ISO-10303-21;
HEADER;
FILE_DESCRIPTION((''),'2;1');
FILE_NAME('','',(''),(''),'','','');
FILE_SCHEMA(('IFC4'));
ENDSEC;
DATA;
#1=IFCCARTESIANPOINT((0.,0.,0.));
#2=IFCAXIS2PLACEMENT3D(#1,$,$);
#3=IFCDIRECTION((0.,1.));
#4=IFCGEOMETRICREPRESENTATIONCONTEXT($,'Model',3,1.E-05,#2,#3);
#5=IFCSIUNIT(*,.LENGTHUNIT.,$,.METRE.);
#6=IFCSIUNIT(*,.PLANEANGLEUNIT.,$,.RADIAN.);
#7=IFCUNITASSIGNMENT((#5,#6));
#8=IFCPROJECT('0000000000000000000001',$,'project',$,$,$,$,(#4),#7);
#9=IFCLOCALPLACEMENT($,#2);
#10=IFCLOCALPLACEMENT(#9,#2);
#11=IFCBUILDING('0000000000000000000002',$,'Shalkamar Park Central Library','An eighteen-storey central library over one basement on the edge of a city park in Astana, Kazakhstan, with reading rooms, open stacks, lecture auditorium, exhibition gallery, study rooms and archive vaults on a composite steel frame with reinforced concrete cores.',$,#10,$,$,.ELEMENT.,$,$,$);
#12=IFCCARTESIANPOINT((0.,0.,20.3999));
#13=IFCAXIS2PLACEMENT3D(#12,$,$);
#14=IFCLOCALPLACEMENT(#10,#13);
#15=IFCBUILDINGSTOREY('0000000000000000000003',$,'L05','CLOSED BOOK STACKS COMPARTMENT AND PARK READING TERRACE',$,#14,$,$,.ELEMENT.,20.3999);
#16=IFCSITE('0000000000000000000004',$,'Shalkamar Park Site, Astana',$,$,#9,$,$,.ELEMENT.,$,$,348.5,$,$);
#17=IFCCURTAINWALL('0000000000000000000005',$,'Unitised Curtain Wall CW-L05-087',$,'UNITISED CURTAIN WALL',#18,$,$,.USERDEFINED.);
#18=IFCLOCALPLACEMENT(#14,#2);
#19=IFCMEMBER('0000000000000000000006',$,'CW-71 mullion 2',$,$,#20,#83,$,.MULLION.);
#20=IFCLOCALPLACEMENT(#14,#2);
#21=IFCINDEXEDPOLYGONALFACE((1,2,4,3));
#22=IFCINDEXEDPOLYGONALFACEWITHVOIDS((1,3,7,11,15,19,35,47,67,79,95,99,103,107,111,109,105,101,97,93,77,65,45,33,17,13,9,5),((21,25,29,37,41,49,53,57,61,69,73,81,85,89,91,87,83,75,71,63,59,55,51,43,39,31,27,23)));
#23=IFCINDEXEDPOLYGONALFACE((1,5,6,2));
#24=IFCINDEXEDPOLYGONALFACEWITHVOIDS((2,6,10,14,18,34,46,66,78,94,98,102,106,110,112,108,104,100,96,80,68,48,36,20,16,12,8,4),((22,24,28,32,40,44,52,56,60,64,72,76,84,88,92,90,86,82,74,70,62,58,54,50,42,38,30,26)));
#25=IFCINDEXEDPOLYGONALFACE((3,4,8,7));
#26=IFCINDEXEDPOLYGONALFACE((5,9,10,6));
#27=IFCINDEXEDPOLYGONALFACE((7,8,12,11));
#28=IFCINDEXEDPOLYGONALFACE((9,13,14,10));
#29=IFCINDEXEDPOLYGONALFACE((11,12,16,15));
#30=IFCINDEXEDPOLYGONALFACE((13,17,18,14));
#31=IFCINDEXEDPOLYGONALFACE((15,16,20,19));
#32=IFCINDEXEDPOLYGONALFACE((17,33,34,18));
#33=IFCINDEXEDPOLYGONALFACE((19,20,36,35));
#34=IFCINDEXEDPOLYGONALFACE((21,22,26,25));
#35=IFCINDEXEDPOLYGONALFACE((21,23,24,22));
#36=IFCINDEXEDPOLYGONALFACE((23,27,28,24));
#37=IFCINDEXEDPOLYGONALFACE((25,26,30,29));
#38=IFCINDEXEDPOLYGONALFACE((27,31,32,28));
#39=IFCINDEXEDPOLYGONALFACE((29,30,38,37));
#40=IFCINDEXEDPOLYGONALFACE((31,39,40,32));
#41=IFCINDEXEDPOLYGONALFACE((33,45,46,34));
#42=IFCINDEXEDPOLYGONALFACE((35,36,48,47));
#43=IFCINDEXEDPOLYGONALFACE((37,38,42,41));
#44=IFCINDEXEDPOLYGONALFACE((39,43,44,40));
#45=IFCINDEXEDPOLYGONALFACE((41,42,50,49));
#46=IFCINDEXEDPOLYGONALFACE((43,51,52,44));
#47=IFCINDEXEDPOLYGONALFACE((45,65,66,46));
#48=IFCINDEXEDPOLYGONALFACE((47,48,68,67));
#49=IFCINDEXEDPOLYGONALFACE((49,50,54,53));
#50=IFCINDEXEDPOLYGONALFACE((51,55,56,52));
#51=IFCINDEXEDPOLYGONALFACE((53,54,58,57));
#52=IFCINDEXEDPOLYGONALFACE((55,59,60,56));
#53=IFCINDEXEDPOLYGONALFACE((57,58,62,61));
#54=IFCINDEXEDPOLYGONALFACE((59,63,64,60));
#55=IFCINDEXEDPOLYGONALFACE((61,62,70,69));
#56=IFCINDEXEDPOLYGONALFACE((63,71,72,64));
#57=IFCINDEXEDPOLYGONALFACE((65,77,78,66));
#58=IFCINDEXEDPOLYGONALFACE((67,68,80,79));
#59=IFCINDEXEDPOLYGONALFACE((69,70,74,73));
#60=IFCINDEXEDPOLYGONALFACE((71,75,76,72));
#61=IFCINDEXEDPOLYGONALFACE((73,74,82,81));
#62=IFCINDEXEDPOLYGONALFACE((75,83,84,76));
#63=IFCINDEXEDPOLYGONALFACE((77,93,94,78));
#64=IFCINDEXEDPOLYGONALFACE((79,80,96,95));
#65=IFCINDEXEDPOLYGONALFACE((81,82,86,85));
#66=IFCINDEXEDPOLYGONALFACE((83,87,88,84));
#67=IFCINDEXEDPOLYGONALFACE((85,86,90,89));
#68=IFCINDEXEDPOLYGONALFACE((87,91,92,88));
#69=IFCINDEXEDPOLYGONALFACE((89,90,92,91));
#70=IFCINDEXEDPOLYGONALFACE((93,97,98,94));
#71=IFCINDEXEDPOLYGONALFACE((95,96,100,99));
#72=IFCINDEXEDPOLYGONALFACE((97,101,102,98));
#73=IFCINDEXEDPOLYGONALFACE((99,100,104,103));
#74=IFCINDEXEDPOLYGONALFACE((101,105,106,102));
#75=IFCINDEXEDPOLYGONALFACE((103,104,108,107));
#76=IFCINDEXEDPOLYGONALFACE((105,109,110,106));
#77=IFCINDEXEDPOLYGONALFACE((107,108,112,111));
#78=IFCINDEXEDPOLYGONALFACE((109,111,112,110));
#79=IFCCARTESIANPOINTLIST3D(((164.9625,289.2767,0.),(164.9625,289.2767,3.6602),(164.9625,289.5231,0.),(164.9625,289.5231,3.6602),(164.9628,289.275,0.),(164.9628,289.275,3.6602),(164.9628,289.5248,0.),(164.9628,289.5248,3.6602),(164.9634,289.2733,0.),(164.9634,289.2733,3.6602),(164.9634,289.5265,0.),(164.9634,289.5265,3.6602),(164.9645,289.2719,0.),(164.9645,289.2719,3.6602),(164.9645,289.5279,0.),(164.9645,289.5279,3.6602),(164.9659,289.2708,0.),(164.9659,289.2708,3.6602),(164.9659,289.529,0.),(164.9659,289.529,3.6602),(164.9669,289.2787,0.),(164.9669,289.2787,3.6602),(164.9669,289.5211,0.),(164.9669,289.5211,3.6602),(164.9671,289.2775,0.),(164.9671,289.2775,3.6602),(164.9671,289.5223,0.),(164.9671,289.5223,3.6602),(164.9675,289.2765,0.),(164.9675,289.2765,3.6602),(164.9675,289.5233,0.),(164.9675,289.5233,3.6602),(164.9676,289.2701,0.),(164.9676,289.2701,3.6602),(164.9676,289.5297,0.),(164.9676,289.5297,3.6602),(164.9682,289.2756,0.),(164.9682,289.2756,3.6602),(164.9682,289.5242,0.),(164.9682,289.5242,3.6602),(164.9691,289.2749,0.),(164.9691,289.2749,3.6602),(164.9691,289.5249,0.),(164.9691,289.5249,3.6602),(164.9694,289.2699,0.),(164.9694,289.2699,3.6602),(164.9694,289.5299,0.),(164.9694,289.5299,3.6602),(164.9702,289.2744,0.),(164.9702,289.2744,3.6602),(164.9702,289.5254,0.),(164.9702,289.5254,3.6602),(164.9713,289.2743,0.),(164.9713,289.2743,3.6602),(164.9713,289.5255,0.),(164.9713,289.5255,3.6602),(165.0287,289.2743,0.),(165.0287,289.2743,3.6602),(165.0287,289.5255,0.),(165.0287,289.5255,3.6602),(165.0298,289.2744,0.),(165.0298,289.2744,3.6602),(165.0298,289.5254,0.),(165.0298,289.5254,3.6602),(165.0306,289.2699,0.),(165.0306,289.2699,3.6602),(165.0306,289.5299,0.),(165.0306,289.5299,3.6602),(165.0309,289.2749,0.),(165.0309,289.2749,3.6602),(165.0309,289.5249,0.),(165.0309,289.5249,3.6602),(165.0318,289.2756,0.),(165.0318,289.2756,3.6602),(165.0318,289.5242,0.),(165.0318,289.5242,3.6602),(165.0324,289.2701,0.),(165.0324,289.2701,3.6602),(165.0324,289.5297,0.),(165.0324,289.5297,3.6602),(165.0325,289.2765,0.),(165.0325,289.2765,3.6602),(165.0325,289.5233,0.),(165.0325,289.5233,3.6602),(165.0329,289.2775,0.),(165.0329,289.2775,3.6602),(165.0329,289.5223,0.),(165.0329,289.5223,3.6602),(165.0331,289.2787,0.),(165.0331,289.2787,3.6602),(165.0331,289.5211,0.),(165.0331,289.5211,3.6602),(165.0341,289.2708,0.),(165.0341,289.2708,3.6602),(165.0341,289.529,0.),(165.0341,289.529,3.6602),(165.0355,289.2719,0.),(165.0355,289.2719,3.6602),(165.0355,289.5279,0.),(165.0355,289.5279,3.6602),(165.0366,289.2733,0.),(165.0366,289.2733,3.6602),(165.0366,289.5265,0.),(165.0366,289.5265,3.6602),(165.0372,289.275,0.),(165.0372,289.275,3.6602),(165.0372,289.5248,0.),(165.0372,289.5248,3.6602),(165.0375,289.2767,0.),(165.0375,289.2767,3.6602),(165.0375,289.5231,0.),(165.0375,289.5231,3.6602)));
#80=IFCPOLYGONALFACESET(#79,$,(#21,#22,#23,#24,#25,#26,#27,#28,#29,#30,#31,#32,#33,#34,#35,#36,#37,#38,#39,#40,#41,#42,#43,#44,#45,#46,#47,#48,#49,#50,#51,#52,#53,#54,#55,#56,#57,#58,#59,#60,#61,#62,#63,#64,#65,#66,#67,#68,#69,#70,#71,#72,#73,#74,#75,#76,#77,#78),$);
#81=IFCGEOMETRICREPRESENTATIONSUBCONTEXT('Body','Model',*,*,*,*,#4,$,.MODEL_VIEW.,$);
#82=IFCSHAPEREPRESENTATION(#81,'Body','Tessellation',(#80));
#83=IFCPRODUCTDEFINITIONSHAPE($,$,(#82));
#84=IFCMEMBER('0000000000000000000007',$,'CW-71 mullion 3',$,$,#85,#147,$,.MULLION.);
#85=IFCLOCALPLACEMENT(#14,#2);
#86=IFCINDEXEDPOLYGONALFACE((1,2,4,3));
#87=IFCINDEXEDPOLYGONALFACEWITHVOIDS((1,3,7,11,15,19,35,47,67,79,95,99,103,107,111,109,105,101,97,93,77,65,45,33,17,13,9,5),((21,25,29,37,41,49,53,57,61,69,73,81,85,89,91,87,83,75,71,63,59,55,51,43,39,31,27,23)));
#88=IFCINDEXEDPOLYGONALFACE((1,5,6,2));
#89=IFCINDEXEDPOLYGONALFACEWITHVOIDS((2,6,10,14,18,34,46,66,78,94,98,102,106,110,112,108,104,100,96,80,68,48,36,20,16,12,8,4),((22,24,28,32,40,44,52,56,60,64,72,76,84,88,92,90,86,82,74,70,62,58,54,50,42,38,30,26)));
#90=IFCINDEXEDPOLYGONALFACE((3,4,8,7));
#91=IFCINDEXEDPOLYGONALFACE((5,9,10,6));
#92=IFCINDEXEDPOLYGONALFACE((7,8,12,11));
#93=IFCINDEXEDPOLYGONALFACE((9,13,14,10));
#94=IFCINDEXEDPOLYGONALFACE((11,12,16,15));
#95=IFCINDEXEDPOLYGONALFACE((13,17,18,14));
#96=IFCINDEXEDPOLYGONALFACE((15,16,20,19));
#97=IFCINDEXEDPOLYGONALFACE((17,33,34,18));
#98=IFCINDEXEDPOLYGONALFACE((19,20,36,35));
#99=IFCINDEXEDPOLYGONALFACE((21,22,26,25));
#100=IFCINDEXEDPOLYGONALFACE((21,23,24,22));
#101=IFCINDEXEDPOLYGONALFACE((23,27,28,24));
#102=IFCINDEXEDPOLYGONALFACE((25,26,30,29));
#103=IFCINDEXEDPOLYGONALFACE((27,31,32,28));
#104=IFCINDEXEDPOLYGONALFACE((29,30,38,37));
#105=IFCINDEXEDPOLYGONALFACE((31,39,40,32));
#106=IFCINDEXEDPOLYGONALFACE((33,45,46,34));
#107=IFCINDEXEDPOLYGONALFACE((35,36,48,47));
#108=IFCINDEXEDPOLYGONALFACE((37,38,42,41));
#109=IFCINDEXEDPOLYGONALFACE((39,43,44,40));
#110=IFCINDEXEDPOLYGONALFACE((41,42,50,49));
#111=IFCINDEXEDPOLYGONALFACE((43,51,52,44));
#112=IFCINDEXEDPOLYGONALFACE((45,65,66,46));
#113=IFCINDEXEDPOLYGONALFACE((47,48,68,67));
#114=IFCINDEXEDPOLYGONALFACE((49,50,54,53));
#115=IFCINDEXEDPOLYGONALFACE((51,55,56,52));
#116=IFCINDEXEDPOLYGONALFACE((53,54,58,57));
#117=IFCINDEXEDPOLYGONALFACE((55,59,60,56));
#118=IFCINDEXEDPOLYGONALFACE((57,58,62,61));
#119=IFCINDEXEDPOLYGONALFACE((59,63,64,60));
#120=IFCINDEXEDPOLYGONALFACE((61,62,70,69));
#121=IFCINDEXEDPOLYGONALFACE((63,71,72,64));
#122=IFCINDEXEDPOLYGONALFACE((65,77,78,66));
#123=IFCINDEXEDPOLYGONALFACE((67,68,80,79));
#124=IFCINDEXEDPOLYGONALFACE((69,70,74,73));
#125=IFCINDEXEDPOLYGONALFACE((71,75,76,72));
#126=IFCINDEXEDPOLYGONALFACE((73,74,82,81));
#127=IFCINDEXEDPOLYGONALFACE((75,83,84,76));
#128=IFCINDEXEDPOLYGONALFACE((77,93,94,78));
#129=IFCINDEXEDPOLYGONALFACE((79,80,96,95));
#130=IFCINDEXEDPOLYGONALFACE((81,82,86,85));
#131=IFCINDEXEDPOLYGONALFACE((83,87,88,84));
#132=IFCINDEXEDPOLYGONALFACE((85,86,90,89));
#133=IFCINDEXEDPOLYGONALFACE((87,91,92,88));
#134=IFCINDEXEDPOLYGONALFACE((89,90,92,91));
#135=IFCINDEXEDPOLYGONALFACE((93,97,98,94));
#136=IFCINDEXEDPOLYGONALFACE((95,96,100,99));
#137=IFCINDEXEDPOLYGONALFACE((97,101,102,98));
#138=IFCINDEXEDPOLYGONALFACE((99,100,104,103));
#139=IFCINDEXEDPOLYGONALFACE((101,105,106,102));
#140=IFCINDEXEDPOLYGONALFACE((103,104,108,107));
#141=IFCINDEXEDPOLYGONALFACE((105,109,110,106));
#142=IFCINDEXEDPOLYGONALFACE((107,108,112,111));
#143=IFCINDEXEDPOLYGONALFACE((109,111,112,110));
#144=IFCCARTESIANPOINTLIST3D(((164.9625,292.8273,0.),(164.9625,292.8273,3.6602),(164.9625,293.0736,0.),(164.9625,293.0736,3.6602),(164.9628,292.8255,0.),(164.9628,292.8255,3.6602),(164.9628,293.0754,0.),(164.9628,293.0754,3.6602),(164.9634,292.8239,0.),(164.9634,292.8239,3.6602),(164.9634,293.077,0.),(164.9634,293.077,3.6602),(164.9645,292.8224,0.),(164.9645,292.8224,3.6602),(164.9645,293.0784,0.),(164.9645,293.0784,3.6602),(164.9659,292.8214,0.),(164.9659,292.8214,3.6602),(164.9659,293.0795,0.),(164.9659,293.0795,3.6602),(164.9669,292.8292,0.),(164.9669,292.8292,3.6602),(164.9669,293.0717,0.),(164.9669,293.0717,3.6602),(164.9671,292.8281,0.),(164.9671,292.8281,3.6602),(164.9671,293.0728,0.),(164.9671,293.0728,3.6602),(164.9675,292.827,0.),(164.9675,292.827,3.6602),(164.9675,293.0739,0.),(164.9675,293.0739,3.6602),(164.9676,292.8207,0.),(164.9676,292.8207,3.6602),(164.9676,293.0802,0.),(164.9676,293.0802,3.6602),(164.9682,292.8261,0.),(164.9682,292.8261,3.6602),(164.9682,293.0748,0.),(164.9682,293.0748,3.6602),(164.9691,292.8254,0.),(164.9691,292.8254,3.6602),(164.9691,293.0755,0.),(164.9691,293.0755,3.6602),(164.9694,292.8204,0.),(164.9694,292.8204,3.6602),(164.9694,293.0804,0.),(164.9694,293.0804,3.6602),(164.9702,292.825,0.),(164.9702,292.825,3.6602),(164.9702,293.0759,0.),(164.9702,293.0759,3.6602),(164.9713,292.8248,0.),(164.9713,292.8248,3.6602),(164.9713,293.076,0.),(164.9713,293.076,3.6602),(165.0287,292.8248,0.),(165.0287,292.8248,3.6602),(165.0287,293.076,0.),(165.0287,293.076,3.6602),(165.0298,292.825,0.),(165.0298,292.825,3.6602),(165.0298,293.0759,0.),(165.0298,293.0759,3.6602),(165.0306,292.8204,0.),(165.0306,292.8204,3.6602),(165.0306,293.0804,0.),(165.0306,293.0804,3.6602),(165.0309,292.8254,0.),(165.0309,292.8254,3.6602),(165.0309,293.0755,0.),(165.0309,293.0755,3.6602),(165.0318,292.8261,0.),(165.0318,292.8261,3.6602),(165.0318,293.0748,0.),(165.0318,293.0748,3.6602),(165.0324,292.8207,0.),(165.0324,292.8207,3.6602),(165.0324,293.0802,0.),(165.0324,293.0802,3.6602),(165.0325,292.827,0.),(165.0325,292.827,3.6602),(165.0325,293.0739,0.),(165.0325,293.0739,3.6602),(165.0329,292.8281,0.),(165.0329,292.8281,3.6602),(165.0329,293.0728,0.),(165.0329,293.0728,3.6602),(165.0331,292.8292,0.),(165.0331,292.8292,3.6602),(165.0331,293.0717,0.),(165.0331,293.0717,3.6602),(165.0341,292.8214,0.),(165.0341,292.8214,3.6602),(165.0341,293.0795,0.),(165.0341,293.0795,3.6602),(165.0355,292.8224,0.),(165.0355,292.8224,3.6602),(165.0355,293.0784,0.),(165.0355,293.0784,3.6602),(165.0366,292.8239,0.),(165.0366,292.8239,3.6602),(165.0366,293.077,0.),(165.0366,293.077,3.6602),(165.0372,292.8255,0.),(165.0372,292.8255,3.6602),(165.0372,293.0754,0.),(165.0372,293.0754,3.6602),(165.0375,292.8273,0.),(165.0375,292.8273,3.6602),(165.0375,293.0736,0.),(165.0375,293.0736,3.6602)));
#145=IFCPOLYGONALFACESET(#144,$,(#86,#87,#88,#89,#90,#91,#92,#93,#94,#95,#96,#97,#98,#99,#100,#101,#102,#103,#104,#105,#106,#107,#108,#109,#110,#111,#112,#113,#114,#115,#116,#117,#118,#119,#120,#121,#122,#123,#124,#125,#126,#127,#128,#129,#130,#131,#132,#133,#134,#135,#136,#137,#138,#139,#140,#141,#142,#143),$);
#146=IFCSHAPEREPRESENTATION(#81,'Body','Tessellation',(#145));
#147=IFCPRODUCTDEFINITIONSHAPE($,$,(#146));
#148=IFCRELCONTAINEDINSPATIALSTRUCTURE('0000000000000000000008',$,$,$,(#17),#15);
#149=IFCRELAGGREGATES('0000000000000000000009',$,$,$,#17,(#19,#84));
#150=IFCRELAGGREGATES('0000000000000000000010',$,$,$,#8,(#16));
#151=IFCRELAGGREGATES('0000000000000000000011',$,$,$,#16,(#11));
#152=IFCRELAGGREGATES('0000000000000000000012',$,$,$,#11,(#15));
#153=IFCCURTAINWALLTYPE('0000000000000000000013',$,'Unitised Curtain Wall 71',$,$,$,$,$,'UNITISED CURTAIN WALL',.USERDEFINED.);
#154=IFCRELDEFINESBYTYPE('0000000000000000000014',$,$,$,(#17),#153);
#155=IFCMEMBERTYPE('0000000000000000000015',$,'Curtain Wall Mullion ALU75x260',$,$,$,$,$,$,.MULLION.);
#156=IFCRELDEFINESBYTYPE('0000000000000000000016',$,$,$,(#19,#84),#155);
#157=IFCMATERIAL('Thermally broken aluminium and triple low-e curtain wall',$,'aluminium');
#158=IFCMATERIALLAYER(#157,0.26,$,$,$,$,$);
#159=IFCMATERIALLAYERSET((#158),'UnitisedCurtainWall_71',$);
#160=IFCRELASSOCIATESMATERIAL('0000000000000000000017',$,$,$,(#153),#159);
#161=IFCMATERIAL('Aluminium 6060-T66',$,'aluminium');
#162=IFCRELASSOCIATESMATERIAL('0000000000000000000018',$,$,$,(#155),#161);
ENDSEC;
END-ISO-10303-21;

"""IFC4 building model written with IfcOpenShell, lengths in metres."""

from ifc_helpers import new_model, si_unit, direction, frame, origin, origin_2d, place, context, subcontext, project, spatial, hollow_rectangle, extrude, material, layer, layer_set, material_profile, profile_set, type_object, element, aggregate, save


model = new_model("IFC4")

# Units and contexts
model_context = context("Model", 3, precision=1e-05, world=origin(), true_north=direction((0.0, 1.0)))
body_context = subcontext(model_context, "Body", "Model", "MODEL_VIEW")
ifc_project = project(units=[si_unit("LENGTHUNIT", "METRE"), si_unit("PLANEANGLEUNIT", "RADIAN")], contexts=[model_context])

# Site, building, storey
site_placement = place(None, origin())
site = spatial("IfcSite", under=ifc_project, at=site_placement, Name="Shalkamar Park Site, Astana", CompositionType="ELEMENT", RefElevation=348.5)
building_placement = place(site_placement, origin())
building = spatial("IfcBuilding", under=site, at=building_placement, Name="Shalkamar Park Central Library", Description="An eighteen-storey central library over one basement on the edge of a city park in Astana, Kazakhstan, with reading rooms, open stacks, lecture auditorium, exhibition gallery, study rooms and archive vaults on a composite steel frame with reinforced concrete cores.", CompositionType="ELEMENT")
storey_placement = place(building_placement, frame((0.0, 0.0, 20.3999)))
storey = spatial("IfcBuildingStorey", under=building, at=storey_placement, Name="L05", Description="CLOSED BOOK STACKS COMPARTMENT AND PARK READING TERRACE", CompositionType="ELEMENT", Elevation=20.3999)

# Curtain wall, members
ifc_material_1 = material(Name="Thermally broken aluminium and triple low-e curtain wall", Category="aluminium")
ifc_layer_1 = layer(ifc_material_1, 0.26)
ifc_layer_set_1 = layer_set([ifc_layer_1], Name="UnitisedCurtainWall_71")
curtain_wall_type = type_object("IfcCurtainWallType", Name="Unitised Curtain Wall 71", ElementType="UNITISED CURTAIN WALL", PredefinedType="USERDEFINED", material=ifc_layer_set_1)
curtain_wall_placement = place(storey_placement, origin())
curtain_wall = element("IfcCurtainWall", 1, at=curtain_wall_placement, inside=storey, type_object=curtain_wall_type, Name="Unitised Curtain Wall CW-L05-087", ObjectType="UNITISED CURTAIN WALL", PredefinedType="USERDEFINED")
ifc_material_2 = material(Name="Aluminium 6060-T66", Category="aluminium")
ifc_material_profile_1 = material_profile(ifc_material_2, hollow_rectangle(XDim=0.075, YDim=0.26, WallThickness=0.0044, InnerFilletRadius=0.0044, OuterFilletRadius=0.0068, at=origin_2d()), Name="ALU 75x260x4.5")
ifc_profile_set_1 = profile_set([ifc_material_profile_1], Name="Aluminium 6060-T66")
member_type_1 = type_object("IfcMemberType", Name="Curtain Wall Mullion ALU75x260", PredefinedType="MULLION", material=ifc_profile_set_1)
member_1_placement = place(storey_placement, frame((165.0, 289.3999, 0.0), z_axis=(0.0, 0.0, 1.0), x_axis=(-1.0, 0.0, 0.0)))
member_1 = element("IfcMember", 2, at=member_1_placement, type_object=member_type_1, Name="CW-71 mullion 2", PredefinedType="MULLION", context=body_context, shape_type="SweptSolid", body=[
    extrude(hollow_rectangle(XDim=0.075, YDim=0.26, WallThickness=0.0044, InnerFilletRadius=0.0044, OuterFilletRadius=0.0068, at=origin_2d()), origin(), (0.0, 0.0, 1.0), 3.6602),
])
member_2_placement = place(storey_placement, frame((165.0, 292.9504, 0.0), z_axis=(0.0, 0.0, 1.0), x_axis=(-1.0, 0.0, 0.0)))
member_2 = element("IfcMember", 3, at=member_2_placement, type_object=member_type_1, Name="CW-71 mullion 3", PredefinedType="MULLION", context=body_context, shape_type="SweptSolid", body=[
    extrude(hollow_rectangle(XDim=0.075, YDim=0.26, WallThickness=0.0044, InnerFilletRadius=0.0044, OuterFilletRadius=0.0068, at=origin_2d()), origin(), (0.0, 0.0, 1.0), 3.6602),
])

aggregate(curtain_wall, [member_1, member_2])

save(model, "model.ifc")
